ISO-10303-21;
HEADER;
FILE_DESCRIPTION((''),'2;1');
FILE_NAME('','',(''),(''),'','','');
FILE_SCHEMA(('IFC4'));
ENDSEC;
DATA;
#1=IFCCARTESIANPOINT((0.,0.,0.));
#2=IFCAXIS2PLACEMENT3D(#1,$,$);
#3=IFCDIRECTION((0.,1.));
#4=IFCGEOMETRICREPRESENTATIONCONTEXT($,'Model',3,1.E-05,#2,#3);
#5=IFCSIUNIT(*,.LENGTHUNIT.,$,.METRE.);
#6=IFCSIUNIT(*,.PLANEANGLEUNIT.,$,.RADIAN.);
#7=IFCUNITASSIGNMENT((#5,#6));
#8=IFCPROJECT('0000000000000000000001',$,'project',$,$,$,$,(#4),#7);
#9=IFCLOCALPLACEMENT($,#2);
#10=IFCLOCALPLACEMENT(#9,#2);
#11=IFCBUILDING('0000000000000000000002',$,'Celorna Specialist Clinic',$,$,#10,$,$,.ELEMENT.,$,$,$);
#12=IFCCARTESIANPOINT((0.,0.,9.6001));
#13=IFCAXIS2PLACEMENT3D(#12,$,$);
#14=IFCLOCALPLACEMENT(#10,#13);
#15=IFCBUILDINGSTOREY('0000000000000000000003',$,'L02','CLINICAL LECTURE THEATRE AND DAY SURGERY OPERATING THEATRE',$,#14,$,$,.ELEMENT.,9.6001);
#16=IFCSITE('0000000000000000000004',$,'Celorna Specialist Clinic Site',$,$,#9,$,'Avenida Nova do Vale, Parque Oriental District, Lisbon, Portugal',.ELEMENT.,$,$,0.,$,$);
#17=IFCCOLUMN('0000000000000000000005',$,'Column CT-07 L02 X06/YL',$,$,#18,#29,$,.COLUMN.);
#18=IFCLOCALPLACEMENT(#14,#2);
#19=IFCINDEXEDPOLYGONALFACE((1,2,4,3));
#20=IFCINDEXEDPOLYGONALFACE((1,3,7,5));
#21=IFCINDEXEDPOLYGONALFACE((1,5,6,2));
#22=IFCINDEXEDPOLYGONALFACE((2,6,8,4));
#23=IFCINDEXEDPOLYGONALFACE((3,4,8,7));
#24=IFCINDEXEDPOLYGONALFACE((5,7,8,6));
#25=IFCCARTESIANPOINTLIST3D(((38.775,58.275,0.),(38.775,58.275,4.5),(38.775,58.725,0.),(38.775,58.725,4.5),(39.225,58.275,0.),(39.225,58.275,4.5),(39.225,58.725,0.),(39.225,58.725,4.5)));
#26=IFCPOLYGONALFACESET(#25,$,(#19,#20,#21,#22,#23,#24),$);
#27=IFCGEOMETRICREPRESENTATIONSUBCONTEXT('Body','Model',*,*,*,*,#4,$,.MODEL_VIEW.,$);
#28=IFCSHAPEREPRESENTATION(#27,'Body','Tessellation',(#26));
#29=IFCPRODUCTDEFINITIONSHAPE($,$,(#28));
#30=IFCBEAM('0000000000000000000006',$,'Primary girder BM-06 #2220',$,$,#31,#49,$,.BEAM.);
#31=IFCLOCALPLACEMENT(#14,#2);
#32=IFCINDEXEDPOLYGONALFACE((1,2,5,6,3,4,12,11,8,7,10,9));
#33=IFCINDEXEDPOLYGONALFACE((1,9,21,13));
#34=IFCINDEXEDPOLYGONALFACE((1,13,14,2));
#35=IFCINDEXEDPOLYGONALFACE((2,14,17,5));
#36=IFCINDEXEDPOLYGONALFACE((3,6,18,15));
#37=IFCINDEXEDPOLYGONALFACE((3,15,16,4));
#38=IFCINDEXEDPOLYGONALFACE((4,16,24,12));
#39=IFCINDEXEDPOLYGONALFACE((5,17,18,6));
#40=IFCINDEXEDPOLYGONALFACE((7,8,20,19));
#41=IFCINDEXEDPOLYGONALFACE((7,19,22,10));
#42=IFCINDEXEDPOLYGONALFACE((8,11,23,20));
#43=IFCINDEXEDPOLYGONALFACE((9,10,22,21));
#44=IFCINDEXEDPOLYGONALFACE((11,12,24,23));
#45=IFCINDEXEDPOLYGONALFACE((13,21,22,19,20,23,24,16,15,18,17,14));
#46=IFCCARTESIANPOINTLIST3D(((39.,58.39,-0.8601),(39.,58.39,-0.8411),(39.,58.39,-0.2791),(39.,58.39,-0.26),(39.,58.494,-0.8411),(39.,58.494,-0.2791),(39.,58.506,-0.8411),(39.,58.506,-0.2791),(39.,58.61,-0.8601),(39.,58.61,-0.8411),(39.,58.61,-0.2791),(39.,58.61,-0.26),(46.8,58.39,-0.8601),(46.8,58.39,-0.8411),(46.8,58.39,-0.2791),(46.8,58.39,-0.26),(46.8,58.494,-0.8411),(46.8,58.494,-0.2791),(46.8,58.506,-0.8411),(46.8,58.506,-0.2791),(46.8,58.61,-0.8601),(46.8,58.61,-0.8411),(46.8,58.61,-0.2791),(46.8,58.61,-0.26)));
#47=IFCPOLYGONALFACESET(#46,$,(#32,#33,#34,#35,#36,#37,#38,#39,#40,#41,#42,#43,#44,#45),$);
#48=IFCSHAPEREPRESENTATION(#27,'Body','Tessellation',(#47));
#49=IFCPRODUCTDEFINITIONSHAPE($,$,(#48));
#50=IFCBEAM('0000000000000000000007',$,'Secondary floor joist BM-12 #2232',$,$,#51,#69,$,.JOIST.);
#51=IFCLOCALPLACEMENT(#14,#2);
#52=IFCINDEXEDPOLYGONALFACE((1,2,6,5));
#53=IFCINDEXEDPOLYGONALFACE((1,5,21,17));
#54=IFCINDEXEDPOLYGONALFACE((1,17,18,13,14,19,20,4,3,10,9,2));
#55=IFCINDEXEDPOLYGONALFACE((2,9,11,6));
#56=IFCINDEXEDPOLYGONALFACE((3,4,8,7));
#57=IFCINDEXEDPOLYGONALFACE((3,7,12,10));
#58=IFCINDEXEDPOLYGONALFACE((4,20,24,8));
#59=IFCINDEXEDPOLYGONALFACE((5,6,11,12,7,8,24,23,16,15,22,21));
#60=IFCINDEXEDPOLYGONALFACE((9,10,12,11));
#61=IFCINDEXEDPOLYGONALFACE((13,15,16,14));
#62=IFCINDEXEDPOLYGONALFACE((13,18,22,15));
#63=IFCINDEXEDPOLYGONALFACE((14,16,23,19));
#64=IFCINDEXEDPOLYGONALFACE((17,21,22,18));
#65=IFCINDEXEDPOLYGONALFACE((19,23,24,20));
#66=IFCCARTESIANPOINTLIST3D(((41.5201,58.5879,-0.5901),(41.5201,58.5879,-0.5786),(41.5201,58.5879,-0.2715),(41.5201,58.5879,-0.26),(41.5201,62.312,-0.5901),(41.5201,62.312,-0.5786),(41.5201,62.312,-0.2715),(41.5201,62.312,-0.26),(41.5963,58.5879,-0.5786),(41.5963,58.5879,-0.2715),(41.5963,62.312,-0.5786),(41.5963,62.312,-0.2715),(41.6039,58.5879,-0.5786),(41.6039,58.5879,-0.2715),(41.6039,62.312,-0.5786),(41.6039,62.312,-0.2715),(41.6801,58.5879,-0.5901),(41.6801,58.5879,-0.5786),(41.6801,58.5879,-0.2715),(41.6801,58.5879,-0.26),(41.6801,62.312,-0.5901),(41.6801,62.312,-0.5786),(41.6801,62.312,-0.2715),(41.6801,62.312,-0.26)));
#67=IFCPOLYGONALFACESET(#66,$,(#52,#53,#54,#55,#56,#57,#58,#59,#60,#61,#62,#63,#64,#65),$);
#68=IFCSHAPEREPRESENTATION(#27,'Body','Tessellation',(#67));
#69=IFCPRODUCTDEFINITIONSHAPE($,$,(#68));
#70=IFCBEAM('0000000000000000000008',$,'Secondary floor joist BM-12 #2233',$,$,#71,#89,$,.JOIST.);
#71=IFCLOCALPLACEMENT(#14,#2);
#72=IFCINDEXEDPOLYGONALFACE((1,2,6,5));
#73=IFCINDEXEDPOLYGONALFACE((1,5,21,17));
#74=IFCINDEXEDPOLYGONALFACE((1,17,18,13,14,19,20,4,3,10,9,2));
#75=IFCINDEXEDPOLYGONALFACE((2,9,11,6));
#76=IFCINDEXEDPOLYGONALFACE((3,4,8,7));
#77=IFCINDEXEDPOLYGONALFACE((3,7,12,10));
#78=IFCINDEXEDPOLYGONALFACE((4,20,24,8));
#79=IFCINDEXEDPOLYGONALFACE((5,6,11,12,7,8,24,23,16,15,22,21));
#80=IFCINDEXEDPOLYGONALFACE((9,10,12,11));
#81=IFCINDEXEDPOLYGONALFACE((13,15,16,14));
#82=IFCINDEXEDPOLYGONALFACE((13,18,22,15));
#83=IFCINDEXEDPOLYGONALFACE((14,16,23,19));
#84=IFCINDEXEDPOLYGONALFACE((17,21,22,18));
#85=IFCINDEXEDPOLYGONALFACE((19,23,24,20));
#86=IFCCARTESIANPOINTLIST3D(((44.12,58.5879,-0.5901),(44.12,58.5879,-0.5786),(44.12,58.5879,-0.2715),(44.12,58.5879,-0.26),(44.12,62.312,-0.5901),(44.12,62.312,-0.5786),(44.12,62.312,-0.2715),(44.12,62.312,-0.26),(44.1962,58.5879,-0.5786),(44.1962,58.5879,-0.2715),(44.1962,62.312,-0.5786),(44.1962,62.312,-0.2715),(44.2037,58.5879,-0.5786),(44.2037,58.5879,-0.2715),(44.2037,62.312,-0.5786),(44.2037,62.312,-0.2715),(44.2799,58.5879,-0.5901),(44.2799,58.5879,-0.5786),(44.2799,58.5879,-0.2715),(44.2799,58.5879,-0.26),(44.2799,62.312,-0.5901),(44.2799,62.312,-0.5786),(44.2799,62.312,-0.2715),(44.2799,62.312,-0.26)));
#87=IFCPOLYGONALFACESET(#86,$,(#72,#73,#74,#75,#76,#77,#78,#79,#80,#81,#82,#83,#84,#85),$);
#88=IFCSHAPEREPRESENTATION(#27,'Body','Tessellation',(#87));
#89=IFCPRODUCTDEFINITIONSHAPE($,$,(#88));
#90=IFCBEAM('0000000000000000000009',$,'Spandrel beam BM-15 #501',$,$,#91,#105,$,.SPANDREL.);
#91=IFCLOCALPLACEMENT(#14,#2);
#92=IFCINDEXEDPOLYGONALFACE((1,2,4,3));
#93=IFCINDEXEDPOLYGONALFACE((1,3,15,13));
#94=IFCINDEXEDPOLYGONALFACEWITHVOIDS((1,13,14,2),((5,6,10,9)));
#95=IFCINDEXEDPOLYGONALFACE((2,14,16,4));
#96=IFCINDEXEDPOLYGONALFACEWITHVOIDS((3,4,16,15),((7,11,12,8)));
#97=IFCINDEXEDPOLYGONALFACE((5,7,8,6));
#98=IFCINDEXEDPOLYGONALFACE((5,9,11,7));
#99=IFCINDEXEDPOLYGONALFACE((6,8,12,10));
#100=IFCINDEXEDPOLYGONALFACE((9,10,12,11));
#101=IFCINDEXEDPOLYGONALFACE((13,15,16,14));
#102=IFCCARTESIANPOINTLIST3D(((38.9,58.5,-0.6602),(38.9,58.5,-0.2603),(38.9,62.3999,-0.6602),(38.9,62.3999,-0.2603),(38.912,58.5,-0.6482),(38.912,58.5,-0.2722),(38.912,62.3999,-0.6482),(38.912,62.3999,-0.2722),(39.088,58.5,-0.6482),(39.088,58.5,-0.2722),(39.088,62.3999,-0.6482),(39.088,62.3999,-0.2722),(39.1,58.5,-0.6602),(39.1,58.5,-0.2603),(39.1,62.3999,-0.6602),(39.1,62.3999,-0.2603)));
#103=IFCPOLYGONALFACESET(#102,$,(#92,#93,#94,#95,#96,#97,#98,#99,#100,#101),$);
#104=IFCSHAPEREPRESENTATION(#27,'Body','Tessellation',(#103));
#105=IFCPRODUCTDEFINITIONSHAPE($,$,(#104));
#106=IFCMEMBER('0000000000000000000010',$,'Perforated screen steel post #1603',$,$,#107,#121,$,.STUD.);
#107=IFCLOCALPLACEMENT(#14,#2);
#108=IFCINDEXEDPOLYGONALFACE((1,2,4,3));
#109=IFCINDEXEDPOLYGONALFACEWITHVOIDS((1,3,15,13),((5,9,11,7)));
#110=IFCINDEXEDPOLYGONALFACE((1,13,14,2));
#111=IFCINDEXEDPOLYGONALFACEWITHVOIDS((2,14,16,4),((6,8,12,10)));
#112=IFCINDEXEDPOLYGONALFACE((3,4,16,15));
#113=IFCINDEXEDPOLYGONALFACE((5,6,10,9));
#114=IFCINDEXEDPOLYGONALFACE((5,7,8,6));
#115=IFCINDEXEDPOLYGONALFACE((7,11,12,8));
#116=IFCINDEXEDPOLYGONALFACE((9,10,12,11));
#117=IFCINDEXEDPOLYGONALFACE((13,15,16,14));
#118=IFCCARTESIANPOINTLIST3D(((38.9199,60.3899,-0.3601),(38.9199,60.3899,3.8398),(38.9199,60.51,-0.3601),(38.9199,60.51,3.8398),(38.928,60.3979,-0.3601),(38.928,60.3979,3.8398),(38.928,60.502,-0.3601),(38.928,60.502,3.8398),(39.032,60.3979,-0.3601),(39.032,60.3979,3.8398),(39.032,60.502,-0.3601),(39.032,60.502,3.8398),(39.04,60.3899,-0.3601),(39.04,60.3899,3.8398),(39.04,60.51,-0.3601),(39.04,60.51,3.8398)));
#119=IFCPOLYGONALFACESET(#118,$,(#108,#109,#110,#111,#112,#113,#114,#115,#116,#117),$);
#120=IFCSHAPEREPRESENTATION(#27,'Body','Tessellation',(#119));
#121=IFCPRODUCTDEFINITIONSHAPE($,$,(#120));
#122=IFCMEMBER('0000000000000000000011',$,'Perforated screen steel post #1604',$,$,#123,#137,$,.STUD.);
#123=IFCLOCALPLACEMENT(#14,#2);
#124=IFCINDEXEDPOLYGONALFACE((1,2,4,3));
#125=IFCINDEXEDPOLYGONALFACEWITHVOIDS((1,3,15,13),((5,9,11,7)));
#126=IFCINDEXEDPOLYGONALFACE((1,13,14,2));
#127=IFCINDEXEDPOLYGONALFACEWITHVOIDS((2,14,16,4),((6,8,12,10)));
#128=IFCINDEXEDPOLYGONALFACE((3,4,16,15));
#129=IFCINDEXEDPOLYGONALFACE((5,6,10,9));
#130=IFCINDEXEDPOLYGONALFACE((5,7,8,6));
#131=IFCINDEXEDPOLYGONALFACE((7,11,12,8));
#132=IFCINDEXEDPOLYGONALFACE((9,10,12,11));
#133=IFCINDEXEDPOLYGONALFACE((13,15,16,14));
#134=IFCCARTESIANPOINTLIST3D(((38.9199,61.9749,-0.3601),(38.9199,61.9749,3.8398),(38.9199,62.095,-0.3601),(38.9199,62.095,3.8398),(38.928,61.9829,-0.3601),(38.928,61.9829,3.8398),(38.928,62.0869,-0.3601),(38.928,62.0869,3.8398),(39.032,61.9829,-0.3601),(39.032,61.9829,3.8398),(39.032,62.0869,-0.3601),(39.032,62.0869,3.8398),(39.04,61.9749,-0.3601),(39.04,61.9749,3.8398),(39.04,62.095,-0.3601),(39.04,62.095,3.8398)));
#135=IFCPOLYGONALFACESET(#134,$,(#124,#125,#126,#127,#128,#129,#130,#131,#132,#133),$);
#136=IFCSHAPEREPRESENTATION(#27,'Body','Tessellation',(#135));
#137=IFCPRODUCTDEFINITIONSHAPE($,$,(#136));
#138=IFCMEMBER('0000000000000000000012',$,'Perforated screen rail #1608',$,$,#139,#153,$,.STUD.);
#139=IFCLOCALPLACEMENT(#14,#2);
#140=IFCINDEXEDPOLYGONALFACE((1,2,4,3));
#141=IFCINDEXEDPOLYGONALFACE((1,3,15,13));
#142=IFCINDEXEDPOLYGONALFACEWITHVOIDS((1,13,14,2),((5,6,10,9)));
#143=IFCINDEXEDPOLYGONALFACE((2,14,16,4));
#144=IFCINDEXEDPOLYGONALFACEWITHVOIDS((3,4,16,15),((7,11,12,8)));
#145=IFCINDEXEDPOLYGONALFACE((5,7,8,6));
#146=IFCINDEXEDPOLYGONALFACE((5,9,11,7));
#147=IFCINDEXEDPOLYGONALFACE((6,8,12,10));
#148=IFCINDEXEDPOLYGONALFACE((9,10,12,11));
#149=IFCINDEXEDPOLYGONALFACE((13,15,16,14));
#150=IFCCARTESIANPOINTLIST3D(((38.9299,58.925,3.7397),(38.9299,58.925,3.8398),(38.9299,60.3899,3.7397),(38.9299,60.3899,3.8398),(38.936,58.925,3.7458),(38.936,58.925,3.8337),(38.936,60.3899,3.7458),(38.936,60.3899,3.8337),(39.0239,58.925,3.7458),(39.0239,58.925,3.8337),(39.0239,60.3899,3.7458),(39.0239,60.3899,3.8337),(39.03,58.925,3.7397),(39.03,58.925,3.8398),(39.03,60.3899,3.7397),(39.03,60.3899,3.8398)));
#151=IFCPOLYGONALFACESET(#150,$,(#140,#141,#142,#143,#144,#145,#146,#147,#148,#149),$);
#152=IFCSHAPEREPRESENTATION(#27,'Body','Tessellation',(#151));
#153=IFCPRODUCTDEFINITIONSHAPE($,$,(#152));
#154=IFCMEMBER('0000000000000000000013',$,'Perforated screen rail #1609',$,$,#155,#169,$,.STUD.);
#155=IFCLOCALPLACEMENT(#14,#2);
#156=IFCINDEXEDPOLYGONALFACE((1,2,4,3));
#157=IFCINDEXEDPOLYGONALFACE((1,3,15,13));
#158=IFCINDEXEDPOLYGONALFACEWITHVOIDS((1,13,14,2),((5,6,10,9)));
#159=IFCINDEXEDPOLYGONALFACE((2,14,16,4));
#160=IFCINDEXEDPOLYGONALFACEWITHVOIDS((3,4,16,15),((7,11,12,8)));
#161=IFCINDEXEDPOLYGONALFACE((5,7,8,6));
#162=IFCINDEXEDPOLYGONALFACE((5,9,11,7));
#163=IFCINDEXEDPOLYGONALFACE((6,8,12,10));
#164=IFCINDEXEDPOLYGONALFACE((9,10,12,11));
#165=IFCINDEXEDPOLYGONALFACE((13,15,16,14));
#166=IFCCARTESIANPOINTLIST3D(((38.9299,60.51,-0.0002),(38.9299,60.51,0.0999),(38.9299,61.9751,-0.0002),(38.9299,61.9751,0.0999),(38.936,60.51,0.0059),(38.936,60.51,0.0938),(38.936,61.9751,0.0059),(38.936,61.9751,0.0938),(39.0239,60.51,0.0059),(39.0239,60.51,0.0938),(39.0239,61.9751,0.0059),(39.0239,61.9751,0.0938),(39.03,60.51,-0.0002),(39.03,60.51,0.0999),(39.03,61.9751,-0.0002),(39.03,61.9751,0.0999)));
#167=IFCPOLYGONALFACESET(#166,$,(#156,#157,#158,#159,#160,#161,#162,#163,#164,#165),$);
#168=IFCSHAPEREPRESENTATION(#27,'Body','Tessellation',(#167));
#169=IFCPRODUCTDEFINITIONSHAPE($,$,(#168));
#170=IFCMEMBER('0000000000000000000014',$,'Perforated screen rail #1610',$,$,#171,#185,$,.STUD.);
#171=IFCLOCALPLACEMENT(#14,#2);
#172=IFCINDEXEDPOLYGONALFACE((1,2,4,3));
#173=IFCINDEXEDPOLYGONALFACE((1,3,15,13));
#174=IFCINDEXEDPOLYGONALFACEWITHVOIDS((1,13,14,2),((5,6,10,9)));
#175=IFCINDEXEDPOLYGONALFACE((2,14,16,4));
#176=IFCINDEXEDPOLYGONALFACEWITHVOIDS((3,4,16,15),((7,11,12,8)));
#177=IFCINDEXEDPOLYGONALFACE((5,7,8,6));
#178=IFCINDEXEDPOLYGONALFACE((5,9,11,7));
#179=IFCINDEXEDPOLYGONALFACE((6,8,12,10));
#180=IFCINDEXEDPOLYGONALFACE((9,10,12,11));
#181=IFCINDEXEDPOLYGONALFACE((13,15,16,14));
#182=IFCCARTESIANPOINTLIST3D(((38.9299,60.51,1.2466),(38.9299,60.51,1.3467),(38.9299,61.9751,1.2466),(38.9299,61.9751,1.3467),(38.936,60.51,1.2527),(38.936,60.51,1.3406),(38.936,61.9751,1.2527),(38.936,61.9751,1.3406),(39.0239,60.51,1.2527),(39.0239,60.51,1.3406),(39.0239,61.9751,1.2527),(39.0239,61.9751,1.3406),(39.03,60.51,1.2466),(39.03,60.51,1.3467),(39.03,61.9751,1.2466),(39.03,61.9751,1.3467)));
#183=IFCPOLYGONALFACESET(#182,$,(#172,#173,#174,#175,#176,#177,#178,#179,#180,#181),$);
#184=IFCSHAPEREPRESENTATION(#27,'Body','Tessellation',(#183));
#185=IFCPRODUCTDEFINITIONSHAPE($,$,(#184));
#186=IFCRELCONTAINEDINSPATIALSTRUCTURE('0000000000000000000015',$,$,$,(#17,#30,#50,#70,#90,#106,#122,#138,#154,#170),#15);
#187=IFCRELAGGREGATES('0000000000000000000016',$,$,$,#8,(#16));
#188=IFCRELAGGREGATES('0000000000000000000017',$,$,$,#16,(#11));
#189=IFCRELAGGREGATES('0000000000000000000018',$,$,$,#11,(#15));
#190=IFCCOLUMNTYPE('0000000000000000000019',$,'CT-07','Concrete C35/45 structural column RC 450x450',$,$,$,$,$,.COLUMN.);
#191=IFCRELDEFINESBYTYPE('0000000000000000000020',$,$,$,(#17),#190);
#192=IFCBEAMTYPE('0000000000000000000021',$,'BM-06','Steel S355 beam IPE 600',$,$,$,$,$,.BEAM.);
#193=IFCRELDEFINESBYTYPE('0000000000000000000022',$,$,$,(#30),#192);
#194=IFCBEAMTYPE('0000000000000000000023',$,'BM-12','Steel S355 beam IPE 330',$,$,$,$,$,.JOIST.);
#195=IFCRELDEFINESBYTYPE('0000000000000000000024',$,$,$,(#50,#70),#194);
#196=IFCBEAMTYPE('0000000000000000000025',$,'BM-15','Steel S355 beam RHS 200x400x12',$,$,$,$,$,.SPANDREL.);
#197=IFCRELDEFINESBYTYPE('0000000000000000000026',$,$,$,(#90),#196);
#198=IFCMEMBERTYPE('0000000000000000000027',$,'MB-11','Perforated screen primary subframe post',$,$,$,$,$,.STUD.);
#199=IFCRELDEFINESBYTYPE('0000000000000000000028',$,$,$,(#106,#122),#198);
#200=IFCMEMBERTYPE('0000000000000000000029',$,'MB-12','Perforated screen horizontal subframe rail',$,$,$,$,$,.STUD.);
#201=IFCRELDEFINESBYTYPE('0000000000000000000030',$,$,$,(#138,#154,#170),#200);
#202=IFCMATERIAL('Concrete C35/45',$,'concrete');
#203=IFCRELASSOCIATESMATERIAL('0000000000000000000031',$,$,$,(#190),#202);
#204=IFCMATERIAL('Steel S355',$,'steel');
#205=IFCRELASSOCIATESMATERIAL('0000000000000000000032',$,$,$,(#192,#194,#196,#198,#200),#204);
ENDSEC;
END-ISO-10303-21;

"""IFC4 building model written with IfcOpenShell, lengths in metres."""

from ifc_helpers import new_model, si_unit, direction, frame, origin, origin_2d, place, context, subcontext, project, spatial, rectangle, hollow_rectangle, i_section, extrude, material, material_profile, profile_set, type_object, element, save


model = new_model("IFC4")

# Units and contexts
model_context = context("Model", 3, precision=1e-05, world=origin(), true_north=direction((0.0, 1.0)))
body_context = subcontext(model_context, "Body", "Model", "MODEL_VIEW")
ifc_project = project(units=[si_unit("LENGTHUNIT", "METRE"), si_unit("PLANEANGLEUNIT", "RADIAN")], contexts=[model_context])

# Site, building, storey
site_placement = place(None, origin())
site = spatial("IfcSite", under=ifc_project, at=site_placement, Name="Celorna Specialist Clinic Site", LongName="Avenida Nova do Vale, Parque Oriental District, Lisbon, Portugal", CompositionType="ELEMENT", RefElevation=0.0)
building_placement = place(site_placement, origin())
building = spatial("IfcBuilding", under=site, at=building_placement, Name="Celorna Specialist Clinic", CompositionType="ELEMENT")
storey_placement = place(building_placement, frame((0.0, 0.0, 9.6001)))
storey = spatial("IfcBuildingStorey", under=building, at=storey_placement, Name="L02", Description="CLINICAL LECTURE THEATRE AND DAY SURGERY OPERATING THEATRE", CompositionType="ELEMENT", Elevation=9.6001)

# Column
ifc_material_1 = material(Name="Concrete C35/45", Category="concrete")
ifc_material_profile_1 = material_profile(ifc_material_1, rectangle(XDim=0.45, YDim=0.45, at=origin_2d()), Name="RC 450x450")
ifc_profile_set_1 = profile_set([ifc_material_profile_1], Name="Concrete C35/45")
column_type = type_object("IfcColumnType", Name="CT-07", Description="Concrete C35/45 structural column RC 450x450", PredefinedType="COLUMN", material=ifc_profile_set_1)
column_placement = place(storey_placement, frame((39.0, 58.5, 0.0), z_axis=(0.0, 0.0, 1.0), x_axis=(1.0, 0.0, 0.0)))
element("IfcColumn", 1, at=column_placement, inside=storey, type_object=column_type, Name="Column CT-07 L02 X06/YL", PredefinedType="COLUMN", context=body_context, shape_type="SweptSolid", body=[
    extrude(rectangle(XDim=0.45, YDim=0.45, at=origin_2d()), origin(), (0.0, 0.0, 1.0), 4.5),
])

# Beams
ifc_material_2 = material(Name="Steel S355", Category="steel")
ifc_material_profile_2 = material_profile(ifc_material_2, i_section(OverallWidth=0.22, OverallDepth=0.6001, WebThickness=0.012, FlangeThickness=0.019, at=origin_2d()), Name="IPE 600")
ifc_profile_set_2 = profile_set([ifc_material_profile_2], Name="Steel S355")
beam_type_1 = type_object("IfcBeamType", Name="BM-06", Description="Steel S355 beam IPE 600", PredefinedType="BEAM", material=ifc_profile_set_2)
beam_1_placement = place(storey_placement, frame((39.0, 58.5, -0.5601), z_axis=(1.0, 0.0, 0.0), x_axis=(0.0, 1.0, 0.0)))
element("IfcBeam", 2, at=beam_1_placement, inside=storey, type_object=beam_type_1, Name="Primary girder BM-06 #2220", PredefinedType="BEAM", context=body_context, shape_type="SweptSolid", body=[
    extrude(i_section(OverallWidth=0.22, OverallDepth=0.6001, WebThickness=0.012, FlangeThickness=0.019, at=origin_2d()), origin(), (0.0, 0.0, 1.0), 7.8),
])
ifc_material_profile_3 = material_profile(ifc_material_2, i_section(OverallWidth=0.1599, OverallDepth=0.3301, WebThickness=0.0076, FlangeThickness=0.0115, at=origin_2d()), Name="IPE 330")
ifc_profile_set_3 = profile_set([ifc_material_profile_3], Name="Steel S355")
beam_type_2 = type_object("IfcBeamType", Name="BM-12", Description="Steel S355 beam IPE 330", PredefinedType="JOIST", material=ifc_profile_set_3)
for number, where, z_axis, x_axis, name in (
    (3, (41.6001, 58.5879, -0.425), (0.0, 1.0, 0.0), (-1.0, 0.0, 0.0), "Secondary floor joist BM-12 #2232"),
    (4, (44.2, 58.5879, -0.425), (0.0, 1.0, 0.0), (-1.0, 0.0, 0.0), "Secondary floor joist BM-12 #2233"),
):
    element("IfcBeam", number, at=place(storey_placement, frame(where, z_axis=z_axis, x_axis=x_axis)), inside=storey, type_object=beam_type_2, Name=name, PredefinedType="JOIST", context=body_context, shape_type="SweptSolid", body=[
        extrude(i_section(OverallWidth=0.1599, OverallDepth=0.3301, WebThickness=0.0076, FlangeThickness=0.0115, at=origin_2d()), origin(), (0.0, 0.0, 1.0), 3.7241),
    ])
ifc_material_profile_4 = material_profile(ifc_material_2, hollow_rectangle(XDim=0.2, YDim=0.3999, WallThickness=0.012, at=origin_2d()), Name="RHS 200x400x12")
ifc_profile_set_4 = profile_set([ifc_material_profile_4], Name="Steel S355")
beam_type_3 = type_object("IfcBeamType", Name="BM-15", Description="Steel S355 beam RHS 200x400x12", PredefinedType="SPANDREL", material=ifc_profile_set_4)
beam_2_placement = place(storey_placement, frame((39.0, 58.5, -0.4602), z_axis=(0.0, 1.0, 0.0), x_axis=(-1.0, 0.0, 0.0)))
element("IfcBeam", 5, at=beam_2_placement, inside=storey, type_object=beam_type_3, Name="Spandrel beam BM-15 #501", PredefinedType="SPANDREL", context=body_context, shape_type="SweptSolid", body=[
    extrude(hollow_rectangle(XDim=0.2, YDim=0.3999, WallThickness=0.012, at=origin_2d()), origin(), (0.0, 0.0, 1.0), 3.8999),
])

# Members
ifc_material_profile_5 = material_profile(ifc_material_2, hollow_rectangle(XDim=0.1201, YDim=0.1201, WallThickness=0.0081, at=origin_2d()), Name="SHS 120x120x8")
ifc_profile_set_5 = profile_set([ifc_material_profile_5], Name="Steel S355")
member_type_1 = type_object("IfcMemberType", Name="MB-11", Description="Perforated screen primary subframe post", PredefinedType="STUD", material=ifc_profile_set_5)
for number, where, z_axis, x_axis, name in (
    (6, (38.98, 60.45, -0.3601), (0.0, 0.0, 1.0), (1.0, 0.0, 0.0), "Perforated screen steel post #1603"),
    (7, (38.98, 62.0349, -0.3601), (0.0, 0.0, 1.0), (1.0, 0.0, 0.0), "Perforated screen steel post #1604"),
):
    element("IfcMember", number, at=place(storey_placement, frame(where, z_axis=z_axis, x_axis=x_axis)), inside=storey, type_object=member_type_1, Name=name, PredefinedType="STUD", context=body_context, shape_type="SweptSolid", body=[
        extrude(hollow_rectangle(XDim=0.1201, YDim=0.1201, WallThickness=0.0081, at=origin_2d()), origin(), (0.0, 0.0, 1.0), 4.2),
    ])
ifc_material_profile_6 = material_profile(ifc_material_2, hollow_rectangle(XDim=0.1001, YDim=0.1001, WallThickness=0.0061, at=origin_2d()), Name="SHS 100x100x6")
ifc_profile_set_6 = profile_set([ifc_material_profile_6], Name="Steel S355")
member_type_2 = type_object("IfcMemberType", Name="MB-12", Description="Perforated screen horizontal subframe rail", PredefinedType="STUD", material=ifc_profile_set_6)
member_placement = place(storey_placement, frame((38.98, 58.925, 3.7898), z_axis=(0.0, 1.0, 0.0), x_axis=(-1.0, 0.0, 0.0)))
element("IfcMember", 8, at=member_placement, inside=storey, type_object=member_type_2, Name="Perforated screen rail #1608", PredefinedType="STUD", context=body_context, shape_type="SweptSolid", body=[
    extrude(hollow_rectangle(XDim=0.1001, YDim=0.1001, WallThickness=0.0061, at=origin_2d()), origin(), (0.0, 0.0, 1.0), 1.4648),
])
for number, where, z_axis, x_axis, name in (
    (9, (38.98, 60.51, 0.0498), (0.0, 1.0, 0.0), (-1.0, 0.0, 0.0), "Perforated screen rail #1609"),
    (10, (38.98, 60.51, 1.2966), (0.0, 1.0, 0.0), (-1.0, 0.0, 0.0), "Perforated screen rail #1610"),
):
    element("IfcMember", number, at=place(storey_placement, frame(where, z_axis=z_axis, x_axis=x_axis)), inside=storey, type_object=member_type_2, Name=name, PredefinedType="STUD", context=body_context, shape_type="SweptSolid", body=[
        extrude(hollow_rectangle(XDim=0.1001, YDim=0.1001, WallThickness=0.0061, at=origin_2d()), origin(), (0.0, 0.0, 1.0), 1.4651),
    ])

save(model, "model.ifc")
